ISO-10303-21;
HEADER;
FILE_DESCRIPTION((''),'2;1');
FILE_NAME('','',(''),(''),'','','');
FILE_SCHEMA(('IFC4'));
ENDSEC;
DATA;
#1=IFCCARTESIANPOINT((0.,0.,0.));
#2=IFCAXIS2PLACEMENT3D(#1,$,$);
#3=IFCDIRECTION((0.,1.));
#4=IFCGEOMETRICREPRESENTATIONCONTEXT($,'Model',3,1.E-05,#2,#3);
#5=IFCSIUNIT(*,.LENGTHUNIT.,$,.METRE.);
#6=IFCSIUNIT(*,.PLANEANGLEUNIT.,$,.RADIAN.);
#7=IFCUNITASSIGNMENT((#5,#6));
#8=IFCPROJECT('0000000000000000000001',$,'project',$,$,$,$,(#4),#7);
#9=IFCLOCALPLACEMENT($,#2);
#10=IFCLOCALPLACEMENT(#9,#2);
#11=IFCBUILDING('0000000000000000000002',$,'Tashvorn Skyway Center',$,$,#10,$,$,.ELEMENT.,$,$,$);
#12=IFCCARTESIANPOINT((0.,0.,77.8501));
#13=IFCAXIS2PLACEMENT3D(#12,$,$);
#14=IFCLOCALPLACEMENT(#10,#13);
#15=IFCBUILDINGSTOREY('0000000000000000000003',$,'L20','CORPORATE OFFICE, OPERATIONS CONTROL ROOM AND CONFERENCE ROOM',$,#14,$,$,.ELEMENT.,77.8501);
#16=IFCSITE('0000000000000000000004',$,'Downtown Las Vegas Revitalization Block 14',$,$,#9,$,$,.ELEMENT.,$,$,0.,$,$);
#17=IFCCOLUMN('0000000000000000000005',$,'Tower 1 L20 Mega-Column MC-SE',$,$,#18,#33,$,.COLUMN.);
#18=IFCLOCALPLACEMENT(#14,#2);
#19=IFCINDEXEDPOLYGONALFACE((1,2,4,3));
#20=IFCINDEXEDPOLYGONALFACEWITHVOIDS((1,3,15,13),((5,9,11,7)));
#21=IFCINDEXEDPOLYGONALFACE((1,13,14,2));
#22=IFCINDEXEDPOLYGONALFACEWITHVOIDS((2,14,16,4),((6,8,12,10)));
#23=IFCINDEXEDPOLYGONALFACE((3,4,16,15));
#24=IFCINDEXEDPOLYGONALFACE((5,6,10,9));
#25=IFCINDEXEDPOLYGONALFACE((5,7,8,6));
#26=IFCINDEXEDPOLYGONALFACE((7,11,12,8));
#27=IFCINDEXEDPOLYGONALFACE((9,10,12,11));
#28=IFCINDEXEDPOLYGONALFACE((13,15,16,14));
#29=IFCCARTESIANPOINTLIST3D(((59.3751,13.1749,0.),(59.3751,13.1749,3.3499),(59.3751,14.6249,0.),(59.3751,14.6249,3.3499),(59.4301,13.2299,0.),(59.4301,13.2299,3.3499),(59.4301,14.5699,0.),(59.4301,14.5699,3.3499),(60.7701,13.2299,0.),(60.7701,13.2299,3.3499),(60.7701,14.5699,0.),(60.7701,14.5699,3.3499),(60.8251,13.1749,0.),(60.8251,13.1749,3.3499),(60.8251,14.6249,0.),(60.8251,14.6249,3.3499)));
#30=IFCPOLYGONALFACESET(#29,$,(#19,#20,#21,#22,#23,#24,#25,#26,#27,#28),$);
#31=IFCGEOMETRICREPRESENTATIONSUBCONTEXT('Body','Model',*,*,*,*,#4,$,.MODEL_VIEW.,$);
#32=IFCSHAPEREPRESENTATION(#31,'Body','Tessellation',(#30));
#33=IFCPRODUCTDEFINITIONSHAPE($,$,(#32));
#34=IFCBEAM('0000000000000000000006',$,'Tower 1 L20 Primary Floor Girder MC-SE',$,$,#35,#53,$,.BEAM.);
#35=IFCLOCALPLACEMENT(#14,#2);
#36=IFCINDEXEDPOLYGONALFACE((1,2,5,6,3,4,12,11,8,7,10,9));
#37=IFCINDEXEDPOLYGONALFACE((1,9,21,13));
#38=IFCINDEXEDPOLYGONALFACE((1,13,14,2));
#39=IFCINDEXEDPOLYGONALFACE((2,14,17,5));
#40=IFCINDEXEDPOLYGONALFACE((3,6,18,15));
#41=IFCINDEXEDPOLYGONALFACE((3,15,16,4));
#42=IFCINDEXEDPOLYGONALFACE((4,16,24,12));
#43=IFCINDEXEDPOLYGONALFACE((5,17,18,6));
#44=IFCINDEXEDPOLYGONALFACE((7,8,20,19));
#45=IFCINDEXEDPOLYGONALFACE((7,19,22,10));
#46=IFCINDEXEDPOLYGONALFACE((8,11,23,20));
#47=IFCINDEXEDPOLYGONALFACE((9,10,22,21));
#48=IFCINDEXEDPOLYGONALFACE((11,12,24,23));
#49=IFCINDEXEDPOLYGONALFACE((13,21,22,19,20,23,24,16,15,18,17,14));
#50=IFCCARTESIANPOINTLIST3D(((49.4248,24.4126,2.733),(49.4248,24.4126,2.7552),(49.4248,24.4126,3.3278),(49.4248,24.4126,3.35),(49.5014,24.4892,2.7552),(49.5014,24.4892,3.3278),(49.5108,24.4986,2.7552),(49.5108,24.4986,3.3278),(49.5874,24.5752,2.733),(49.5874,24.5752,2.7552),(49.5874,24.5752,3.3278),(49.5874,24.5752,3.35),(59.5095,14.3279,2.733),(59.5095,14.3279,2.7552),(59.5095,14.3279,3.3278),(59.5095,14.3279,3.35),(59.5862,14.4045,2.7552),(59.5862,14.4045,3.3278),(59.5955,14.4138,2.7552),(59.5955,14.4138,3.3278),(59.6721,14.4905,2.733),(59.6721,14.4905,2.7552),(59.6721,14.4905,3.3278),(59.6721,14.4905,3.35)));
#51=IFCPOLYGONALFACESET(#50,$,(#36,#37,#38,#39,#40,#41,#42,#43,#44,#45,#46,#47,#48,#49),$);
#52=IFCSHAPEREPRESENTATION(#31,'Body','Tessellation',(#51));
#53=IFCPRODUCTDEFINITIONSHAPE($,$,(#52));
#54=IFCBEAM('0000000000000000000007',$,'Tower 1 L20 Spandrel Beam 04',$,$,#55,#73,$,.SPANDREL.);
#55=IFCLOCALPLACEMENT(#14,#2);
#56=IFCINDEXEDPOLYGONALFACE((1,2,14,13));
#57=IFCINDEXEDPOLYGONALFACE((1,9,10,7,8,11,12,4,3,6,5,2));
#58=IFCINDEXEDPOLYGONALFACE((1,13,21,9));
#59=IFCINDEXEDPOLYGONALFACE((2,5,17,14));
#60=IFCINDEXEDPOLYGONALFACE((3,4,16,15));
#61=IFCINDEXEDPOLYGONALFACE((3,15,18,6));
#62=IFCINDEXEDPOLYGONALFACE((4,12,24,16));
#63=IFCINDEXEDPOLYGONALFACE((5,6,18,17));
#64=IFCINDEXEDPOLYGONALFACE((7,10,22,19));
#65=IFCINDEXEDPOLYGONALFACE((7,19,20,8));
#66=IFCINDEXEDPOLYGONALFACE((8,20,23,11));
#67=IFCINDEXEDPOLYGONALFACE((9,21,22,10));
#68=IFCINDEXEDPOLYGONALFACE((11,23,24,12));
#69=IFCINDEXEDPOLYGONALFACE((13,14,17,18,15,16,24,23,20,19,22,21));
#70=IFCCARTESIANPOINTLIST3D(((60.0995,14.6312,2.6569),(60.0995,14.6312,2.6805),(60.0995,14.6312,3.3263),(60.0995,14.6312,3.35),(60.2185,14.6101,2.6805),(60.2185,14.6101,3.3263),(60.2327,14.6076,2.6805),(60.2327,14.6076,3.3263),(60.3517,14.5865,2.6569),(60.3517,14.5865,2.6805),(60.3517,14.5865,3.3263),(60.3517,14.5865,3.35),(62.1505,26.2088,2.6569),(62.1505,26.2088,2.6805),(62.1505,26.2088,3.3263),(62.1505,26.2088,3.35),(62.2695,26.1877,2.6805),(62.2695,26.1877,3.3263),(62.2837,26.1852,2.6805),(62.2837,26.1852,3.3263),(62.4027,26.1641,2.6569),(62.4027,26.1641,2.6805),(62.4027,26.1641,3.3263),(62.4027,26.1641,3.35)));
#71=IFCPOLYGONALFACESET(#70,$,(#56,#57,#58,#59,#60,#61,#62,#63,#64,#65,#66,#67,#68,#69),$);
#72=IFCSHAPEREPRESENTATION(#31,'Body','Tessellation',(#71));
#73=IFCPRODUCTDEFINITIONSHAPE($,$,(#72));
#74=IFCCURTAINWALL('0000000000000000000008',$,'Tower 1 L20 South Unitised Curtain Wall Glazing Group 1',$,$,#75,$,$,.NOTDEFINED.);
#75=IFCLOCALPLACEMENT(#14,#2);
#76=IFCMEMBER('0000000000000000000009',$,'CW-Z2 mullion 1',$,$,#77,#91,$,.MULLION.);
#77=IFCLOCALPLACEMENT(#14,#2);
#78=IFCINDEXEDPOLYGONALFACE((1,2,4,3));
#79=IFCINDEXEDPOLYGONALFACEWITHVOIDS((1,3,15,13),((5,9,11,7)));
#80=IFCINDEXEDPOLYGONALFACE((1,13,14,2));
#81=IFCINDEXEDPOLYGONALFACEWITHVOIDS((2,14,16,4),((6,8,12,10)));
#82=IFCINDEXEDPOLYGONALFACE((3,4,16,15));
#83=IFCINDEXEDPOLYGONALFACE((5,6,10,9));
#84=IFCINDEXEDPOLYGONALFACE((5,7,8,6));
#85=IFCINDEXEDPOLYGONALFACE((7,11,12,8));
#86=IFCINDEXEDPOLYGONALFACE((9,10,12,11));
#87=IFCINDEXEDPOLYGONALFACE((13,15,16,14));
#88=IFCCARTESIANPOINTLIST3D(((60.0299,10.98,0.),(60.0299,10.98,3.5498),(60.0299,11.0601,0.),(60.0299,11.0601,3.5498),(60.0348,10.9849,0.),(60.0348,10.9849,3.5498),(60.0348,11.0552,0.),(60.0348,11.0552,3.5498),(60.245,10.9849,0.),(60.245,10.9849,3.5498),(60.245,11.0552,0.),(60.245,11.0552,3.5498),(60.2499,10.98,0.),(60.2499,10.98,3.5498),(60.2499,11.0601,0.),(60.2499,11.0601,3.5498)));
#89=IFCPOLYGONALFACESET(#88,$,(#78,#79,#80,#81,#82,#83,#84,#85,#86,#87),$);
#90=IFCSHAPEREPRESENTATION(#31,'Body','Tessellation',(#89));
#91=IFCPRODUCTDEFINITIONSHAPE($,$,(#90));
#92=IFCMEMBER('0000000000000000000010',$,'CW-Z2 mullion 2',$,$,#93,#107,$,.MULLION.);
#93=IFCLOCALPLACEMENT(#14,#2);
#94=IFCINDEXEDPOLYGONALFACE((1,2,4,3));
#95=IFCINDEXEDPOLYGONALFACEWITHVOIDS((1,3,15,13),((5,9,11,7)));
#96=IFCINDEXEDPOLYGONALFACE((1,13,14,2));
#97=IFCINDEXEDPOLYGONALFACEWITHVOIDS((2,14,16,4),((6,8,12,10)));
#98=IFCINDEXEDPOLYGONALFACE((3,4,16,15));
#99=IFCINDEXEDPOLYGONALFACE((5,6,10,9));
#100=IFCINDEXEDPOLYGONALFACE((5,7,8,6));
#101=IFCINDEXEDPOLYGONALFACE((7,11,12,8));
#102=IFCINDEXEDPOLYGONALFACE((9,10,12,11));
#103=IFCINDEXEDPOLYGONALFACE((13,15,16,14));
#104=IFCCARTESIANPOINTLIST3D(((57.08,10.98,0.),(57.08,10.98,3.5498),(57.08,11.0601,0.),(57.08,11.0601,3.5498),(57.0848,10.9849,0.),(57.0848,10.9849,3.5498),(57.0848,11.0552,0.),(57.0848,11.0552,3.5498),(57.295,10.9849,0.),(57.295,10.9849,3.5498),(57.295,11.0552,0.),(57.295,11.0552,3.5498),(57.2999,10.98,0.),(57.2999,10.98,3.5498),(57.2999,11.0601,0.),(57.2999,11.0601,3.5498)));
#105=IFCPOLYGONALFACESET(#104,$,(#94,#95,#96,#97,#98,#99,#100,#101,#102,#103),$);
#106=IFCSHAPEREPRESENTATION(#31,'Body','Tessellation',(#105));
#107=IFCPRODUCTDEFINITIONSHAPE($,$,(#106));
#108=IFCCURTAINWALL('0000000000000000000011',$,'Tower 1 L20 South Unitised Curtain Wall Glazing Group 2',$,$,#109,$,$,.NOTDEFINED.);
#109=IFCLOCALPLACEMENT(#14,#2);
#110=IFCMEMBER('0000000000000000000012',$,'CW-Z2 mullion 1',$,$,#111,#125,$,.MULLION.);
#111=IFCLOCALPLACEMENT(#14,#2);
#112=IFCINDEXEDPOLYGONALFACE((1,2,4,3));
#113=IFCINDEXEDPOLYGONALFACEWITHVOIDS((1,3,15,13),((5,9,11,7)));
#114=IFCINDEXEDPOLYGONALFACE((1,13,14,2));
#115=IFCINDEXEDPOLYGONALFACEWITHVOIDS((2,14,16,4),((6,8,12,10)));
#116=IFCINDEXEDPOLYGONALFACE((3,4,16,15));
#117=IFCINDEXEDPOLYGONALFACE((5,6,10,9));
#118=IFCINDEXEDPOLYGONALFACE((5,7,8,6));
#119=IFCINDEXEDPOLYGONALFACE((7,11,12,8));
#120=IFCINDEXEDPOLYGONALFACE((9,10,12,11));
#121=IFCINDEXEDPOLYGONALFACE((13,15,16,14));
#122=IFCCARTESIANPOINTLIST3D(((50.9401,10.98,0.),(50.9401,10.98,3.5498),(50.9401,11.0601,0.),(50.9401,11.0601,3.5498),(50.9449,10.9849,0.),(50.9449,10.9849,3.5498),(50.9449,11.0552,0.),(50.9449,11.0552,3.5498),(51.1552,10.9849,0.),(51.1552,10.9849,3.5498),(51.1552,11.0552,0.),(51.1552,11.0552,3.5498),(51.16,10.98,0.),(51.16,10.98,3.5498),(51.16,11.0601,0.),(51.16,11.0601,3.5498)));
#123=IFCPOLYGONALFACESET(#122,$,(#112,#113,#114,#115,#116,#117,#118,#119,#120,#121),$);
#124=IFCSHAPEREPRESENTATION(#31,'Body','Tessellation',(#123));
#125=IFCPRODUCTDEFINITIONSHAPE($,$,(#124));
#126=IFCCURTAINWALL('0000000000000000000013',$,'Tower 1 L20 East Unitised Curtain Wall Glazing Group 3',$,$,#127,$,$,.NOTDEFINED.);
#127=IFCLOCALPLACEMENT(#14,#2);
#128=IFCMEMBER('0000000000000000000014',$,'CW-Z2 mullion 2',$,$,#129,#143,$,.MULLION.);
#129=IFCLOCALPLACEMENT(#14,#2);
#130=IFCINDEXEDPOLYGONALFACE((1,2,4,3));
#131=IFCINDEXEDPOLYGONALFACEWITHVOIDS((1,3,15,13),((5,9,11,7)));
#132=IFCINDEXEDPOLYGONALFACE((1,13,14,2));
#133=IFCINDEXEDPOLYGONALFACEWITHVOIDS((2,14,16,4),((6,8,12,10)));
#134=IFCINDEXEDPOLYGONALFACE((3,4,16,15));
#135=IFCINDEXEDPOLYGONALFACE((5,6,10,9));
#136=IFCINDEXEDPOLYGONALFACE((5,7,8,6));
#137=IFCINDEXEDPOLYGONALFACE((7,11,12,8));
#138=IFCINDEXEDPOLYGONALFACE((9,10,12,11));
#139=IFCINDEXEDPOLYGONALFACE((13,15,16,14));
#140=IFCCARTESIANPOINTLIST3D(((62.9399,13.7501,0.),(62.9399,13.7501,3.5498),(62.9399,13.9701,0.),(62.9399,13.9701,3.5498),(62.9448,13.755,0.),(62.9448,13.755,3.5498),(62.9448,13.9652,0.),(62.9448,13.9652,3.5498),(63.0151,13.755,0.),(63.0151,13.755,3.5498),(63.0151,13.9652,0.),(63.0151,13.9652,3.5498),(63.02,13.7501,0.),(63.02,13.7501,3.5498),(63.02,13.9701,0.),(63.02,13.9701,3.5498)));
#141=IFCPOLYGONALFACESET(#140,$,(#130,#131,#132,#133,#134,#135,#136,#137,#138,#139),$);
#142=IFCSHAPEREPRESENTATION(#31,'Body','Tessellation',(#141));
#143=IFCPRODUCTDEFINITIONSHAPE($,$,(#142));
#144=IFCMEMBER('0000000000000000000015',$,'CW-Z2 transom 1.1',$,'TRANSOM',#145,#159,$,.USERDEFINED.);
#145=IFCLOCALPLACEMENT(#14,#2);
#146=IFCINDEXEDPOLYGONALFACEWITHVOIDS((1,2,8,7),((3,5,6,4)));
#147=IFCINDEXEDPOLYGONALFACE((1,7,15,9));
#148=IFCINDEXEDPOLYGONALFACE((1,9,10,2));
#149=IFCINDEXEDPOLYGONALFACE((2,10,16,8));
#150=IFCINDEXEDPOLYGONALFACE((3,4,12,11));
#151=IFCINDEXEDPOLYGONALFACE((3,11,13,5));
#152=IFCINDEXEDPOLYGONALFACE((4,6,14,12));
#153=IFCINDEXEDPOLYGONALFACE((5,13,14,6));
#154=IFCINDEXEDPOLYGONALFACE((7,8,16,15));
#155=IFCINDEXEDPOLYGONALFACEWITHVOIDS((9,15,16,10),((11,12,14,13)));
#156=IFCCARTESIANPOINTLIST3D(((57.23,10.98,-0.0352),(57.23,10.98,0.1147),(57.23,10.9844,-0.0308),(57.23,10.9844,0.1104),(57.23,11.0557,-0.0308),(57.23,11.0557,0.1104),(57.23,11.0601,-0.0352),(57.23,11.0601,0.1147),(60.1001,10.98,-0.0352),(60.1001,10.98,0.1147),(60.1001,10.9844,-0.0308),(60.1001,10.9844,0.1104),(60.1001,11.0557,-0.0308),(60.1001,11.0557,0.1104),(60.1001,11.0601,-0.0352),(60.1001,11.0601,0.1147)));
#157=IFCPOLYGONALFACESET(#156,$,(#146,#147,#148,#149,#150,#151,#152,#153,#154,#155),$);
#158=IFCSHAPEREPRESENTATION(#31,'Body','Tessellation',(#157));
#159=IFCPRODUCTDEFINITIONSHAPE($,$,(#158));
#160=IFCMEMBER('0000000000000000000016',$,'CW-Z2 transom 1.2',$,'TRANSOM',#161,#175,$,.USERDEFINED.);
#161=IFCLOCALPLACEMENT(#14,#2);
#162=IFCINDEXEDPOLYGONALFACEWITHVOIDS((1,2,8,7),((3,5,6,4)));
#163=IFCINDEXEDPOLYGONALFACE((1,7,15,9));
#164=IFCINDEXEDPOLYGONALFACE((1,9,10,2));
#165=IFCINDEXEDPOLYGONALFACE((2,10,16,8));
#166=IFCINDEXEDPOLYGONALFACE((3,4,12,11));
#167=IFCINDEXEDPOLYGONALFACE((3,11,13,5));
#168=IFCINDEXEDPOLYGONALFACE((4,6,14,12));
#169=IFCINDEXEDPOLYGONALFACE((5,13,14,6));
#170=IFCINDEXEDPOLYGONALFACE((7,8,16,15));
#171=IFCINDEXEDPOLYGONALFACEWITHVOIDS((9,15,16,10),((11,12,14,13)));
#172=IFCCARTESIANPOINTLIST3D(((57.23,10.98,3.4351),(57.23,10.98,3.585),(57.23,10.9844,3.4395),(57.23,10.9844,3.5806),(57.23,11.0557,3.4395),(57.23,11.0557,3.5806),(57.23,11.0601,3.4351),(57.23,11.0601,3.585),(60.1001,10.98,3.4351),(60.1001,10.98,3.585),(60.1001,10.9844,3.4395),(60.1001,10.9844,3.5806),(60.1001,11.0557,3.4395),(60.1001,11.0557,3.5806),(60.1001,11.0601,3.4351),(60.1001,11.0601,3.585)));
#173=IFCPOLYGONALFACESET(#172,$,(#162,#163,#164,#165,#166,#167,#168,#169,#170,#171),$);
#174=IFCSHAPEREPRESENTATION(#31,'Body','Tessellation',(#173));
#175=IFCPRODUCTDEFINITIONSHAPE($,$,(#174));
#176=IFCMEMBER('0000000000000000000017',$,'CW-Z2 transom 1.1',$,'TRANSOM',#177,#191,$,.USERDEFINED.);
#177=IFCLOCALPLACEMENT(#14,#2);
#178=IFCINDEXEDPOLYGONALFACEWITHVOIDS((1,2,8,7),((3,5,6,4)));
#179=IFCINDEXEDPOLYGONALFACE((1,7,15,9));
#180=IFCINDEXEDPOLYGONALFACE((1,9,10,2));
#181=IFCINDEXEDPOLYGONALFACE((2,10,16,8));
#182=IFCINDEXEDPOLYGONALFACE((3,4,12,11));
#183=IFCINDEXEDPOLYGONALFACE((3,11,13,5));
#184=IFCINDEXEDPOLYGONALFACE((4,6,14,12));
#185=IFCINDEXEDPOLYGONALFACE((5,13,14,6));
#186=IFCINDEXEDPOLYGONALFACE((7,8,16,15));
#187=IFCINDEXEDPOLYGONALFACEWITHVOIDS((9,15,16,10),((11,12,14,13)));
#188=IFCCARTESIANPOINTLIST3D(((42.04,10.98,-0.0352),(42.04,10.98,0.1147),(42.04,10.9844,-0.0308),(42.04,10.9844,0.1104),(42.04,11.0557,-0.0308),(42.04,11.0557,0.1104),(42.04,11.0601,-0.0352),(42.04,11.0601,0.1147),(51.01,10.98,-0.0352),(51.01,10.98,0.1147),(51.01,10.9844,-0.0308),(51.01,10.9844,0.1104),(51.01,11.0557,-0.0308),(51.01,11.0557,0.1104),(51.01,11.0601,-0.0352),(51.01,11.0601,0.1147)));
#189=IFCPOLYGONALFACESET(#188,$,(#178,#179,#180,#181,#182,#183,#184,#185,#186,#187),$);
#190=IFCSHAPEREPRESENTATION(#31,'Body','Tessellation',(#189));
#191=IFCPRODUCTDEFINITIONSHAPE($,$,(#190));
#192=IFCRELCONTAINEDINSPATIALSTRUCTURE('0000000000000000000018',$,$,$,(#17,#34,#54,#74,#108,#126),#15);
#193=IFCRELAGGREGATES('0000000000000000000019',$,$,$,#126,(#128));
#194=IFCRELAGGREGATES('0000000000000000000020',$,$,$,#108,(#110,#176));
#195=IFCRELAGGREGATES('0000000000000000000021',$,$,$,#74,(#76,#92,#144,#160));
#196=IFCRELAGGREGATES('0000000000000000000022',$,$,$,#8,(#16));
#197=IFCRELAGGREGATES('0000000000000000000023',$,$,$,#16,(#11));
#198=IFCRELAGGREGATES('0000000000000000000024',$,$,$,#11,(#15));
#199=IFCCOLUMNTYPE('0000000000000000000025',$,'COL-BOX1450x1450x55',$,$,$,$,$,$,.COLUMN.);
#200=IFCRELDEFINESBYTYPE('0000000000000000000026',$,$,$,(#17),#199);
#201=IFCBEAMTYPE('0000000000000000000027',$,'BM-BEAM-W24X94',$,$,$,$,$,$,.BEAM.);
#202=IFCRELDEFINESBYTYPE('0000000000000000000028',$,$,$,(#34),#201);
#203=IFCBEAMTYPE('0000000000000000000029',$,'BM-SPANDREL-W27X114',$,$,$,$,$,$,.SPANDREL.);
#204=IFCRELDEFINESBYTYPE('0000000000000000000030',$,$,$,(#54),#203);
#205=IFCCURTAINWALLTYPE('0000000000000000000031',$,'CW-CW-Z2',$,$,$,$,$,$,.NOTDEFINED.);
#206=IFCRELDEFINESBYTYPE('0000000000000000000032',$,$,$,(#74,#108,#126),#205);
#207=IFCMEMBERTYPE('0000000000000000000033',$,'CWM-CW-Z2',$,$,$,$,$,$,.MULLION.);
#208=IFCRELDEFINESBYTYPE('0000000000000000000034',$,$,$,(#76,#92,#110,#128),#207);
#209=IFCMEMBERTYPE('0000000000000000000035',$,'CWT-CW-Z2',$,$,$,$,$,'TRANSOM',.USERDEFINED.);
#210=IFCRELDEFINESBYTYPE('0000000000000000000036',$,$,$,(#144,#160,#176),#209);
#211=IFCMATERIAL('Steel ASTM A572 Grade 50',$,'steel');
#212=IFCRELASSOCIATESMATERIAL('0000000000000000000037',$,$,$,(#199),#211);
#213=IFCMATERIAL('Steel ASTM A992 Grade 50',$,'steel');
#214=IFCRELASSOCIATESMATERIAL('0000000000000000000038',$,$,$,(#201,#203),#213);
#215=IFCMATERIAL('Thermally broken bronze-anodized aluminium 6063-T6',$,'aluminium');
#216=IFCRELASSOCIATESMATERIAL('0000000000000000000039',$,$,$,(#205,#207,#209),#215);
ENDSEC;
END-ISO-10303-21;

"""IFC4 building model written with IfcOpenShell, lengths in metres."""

from ifc_helpers import new_model, si_unit, direction, frame, origin, origin_2d, place, context, subcontext, project, spatial, hollow_rectangle, i_section, extrude, material, material_profile, profile_set, type_object, element, aggregate, save


model = new_model("IFC4")

# Units and contexts
model_context = context("Model", 3, precision=1e-05, world=origin(), true_north=direction((0.0, 1.0)))
body_context = subcontext(model_context, "Body", "Model", "MODEL_VIEW")
ifc_project = project(units=[si_unit("LENGTHUNIT", "METRE"), si_unit("PLANEANGLEUNIT", "RADIAN")], contexts=[model_context])

# Site, building, storey
site_placement = place(None, origin())
site = spatial("IfcSite", under=ifc_project, at=site_placement, Name="Downtown Las Vegas Revitalization Block 14", CompositionType="ELEMENT", RefElevation=0.0)
building_placement = place(site_placement, origin())
building = spatial("IfcBuilding", under=site, at=building_placement, Name="Tashvorn Skyway Center", CompositionType="ELEMENT")
storey_placement = place(building_placement, frame((0.0, 0.0, 77.8501)))
storey = spatial("IfcBuildingStorey", under=building, at=storey_placement, Name="L20", Description="CORPORATE OFFICE, OPERATIONS CONTROL ROOM AND CONFERENCE ROOM", CompositionType="ELEMENT", Elevation=77.8501)

# Column
ifc_material_1 = material(Name="Steel ASTM A572 Grade 50", Category="steel")
ifc_material_profile_1 = material_profile(ifc_material_1, hollow_rectangle(XDim=1.45, YDim=1.45, WallThickness=0.0549, at=origin_2d()), Name="BOX1450x1450x55")
ifc_profile_set_1 = profile_set([ifc_material_profile_1], Name="Steel ASTM A572 Grade 50")
column_type = type_object("IfcColumnType", Name="COL-BOX1450x1450x55", PredefinedType="COLUMN", material=ifc_profile_set_1)
column_placement = place(storey_placement, frame((60.1001, 13.8999, 0.0), z_axis=(0.0, 0.0, 1.0), x_axis=(1.0, 0.0, 0.0)))
element("IfcColumn", 1, at=column_placement, inside=storey, type_object=column_type, Name="Tower 1 L20 Mega-Column MC-SE", PredefinedType="COLUMN", context=body_context, shape_type="SweptSolid", body=[
    extrude(hollow_rectangle(XDim=1.45, YDim=1.45, WallThickness=0.0549, at=origin_2d()), origin(), (0.0, 0.0, 1.0), 3.3499),
])

# Beams
ifc_material_2 = material(Name="Steel ASTM A992 Grade 50", Category="steel")
ifc_material_profile_2 = material_profile(ifc_material_2, i_section(OverallWidth=0.23, OverallDepth=0.6169, WebThickness=0.0132, FlangeThickness=0.0222, at=origin_2d()), Name="W24X94")
ifc_profile_set_2 = profile_set([ifc_material_profile_2], Name="Steel ASTM A992 Grade 50")
beam_type_1 = type_object("IfcBeamType", Name="BM-BEAM-W24X94", PredefinedType="BEAM", material=ifc_profile_set_2)
beam_1_placement = place(storey_placement, frame((59.5908, 14.4092, 3.0415), z_axis=(-0.707107, 0.707107, 0.0), x_axis=(-0.707107, -0.707107, 0.0)))
element("IfcBeam", 2, at=beam_1_placement, inside=storey, type_object=beam_type_1, Name="Tower 1 L20 Primary Floor Girder MC-SE", PredefinedType="BEAM", context=body_context, shape_type="SweptSolid", body=[
    extrude(i_section(OverallWidth=0.23, OverallDepth=0.6169, WebThickness=0.0132, FlangeThickness=0.0222, at=origin_2d()), origin(), (0.0, 0.0, 1.0), 14.262),
])
ifc_material_profile_3 = material_profile(ifc_material_2, i_section(OverallWidth=0.2561, OverallDepth=0.6931, WebThickness=0.0144, FlangeThickness=0.0237, at=origin_2d()), Name="W27X114")
ifc_profile_set_3 = profile_set([ifc_material_profile_3], Name="Steel ASTM A992 Grade 50")
beam_type_2 = type_object("IfcBeamType", Name="BM-SPANDREL-W27X114", PredefinedType="SPANDREL", material=ifc_profile_set_3)
beam_2_placement = place(storey_placement, frame((60.2256, 14.6089, 3.0034), z_axis=(0.174438, 0.984668, 0.0), x_axis=(-0.984668, 0.174438, 0.0)))
element("IfcBeam", 3, at=beam_2_placement, inside=storey, type_object=beam_type_2, Name="Tower 1 L20 Spandrel Beam 04", PredefinedType="SPANDREL", context=body_context, shape_type="SweptSolid", body=[
    extrude(i_section(OverallWidth=0.2561, OverallDepth=0.6931, WebThickness=0.0144, FlangeThickness=0.0237, at=origin_2d()), origin(), (0.0, 0.0, 1.0), 11.7578),
])

# Curtain wall, members
ifc_material_3 = material(Name="Thermally broken bronze-anodized aluminium 6063-T6", Category="aluminium")
curtain_wall_type = type_object("IfcCurtainWallType", Name="CW-CW-Z2", PredefinedType="NOTDEFINED", material=ifc_material_3)
curtain_wall_1_placement = place(storey_placement, origin())
curtain_wall_1 = element("IfcCurtainWall", 4, at=curtain_wall_1_placement, inside=storey, type_object=curtain_wall_type, Name="Tower 1 L20 South Unitised Curtain Wall Glazing Group 1", PredefinedType="NOTDEFINED")
ifc_material_profile_4 = material_profile(ifc_material_3, hollow_rectangle(XDim=0.0801, YDim=0.22, WallThickness=0.0049, at=origin_2d()), Name="ALU-MULL-80x220")
ifc_profile_set_4 = profile_set([ifc_material_profile_4], Name="Thermally broken bronze-anodized aluminium 6063-T6")
member_type_1 = type_object("IfcMemberType", Name="CWM-CW-Z2", PredefinedType="MULLION", material=ifc_profile_set_4)
member_1_placement = place(storey_placement, frame((60.1399, 11.02, 0.0), z_axis=(0.0, 0.0, 1.0), x_axis=(0.0, -1.0, 0.0)))
member_1 = element("IfcMember", 5, at=member_1_placement, type_object=member_type_1, Name="CW-Z2 mullion 1", PredefinedType="MULLION", context=body_context, shape_type="SweptSolid", body=[
    extrude(hollow_rectangle(XDim=0.0801, YDim=0.22, WallThickness=0.0049, at=origin_2d()), origin(), (0.0, 0.0, 1.0), 3.5498),
])
member_2_placement = place(storey_placement, frame((57.1899, 11.02, 0.0), z_axis=(0.0, 0.0, 1.0), x_axis=(0.0, -1.0, 0.0)))
member_2 = element("IfcMember", 6, at=member_2_placement, type_object=member_type_1, Name="CW-Z2 mullion 2", PredefinedType="MULLION", context=body_context, shape_type="SweptSolid", body=[
    extrude(hollow_rectangle(XDim=0.0801, YDim=0.22, WallThickness=0.0049, at=origin_2d()), origin(), (0.0, 0.0, 1.0), 3.5498),
])

# Curtain walls, members
curtain_wall_2_placement = place(storey_placement, origin())
curtain_wall_2 = element("IfcCurtainWall", 7, at=curtain_wall_2_placement, inside=storey, type_object=curtain_wall_type, Name="Tower 1 L20 South Unitised Curtain Wall Glazing Group 2", PredefinedType="NOTDEFINED")
member_3_placement = place(storey_placement, frame((51.05, 11.02, 0.0), z_axis=(0.0, 0.0, 1.0), x_axis=(0.0, -1.0, 0.0)))
member_3 = element("IfcMember", 8, at=member_3_placement, type_object=member_type_1, Name="CW-Z2 mullion 1", PredefinedType="MULLION", context=body_context, shape_type="SweptSolid", body=[
    extrude(hollow_rectangle(XDim=0.0801, YDim=0.22, WallThickness=0.0049, at=origin_2d()), origin(), (0.0, 0.0, 1.0), 3.5498),
])
curtain_wall_3_placement = place(storey_placement, origin())
curtain_wall_3 = element("IfcCurtainWall", 9, at=curtain_wall_3_placement, inside=storey, type_object=curtain_wall_type, Name="Tower 1 L20 East Unitised Curtain Wall Glazing Group 3", PredefinedType="NOTDEFINED")
member_4_placement = place(storey_placement, frame((62.98, 13.8601, 0.0), z_axis=(0.0, 0.0, 1.0), x_axis=(1.0, 0.0, 0.0)))
member_4 = element("IfcMember", 10, at=member_4_placement, type_object=member_type_1, Name="CW-Z2 mullion 2", PredefinedType="MULLION", context=body_context, shape_type="SweptSolid", body=[
    extrude(hollow_rectangle(XDim=0.0801, YDim=0.22, WallThickness=0.0049, at=origin_2d()), origin(), (0.0, 0.0, 1.0), 3.5498),
])
aggregate(curtain_wall_3, [member_4])

# Members
ifc_material_profile_5 = material_profile(ifc_material_3, hollow_rectangle(XDim=0.0801, YDim=0.1499, WallThickness=0.0044, at=origin_2d()), Name="ALU-TRAN-80x150")
ifc_profile_set_5 = profile_set([ifc_material_profile_5], Name="Thermally broken bronze-anodized aluminium 6063-T6")
member_type_2 = type_object("IfcMemberType", Name="CWT-CW-Z2", ElementType="TRANSOM", PredefinedType="USERDEFINED", material=ifc_profile_set_5)
member_5_placement = place(storey_placement, frame((60.1001, 11.02, 0.0398), z_axis=(-1.0, 0.0, 0.0), x_axis=(0.0, -1.0, 0.0)))
member_5 = element("IfcMember", 11, at=member_5_placement, type_object=member_type_2, Name="CW-Z2 transom 1.1", ObjectType="TRANSOM", PredefinedType="USERDEFINED", context=body_context, shape_type="SweptSolid", body=[
    extrude(hollow_rectangle(XDim=0.0801, YDim=0.1499, WallThickness=0.0044, at=origin_2d()), origin(), (0.0, 0.0, 1.0), 2.8701),
])
member_6_placement = place(storey_placement, frame((60.1001, 11.02, 3.51), z_axis=(-1.0, 0.0, 0.0), x_axis=(0.0, -1.0, 0.0)))
member_6 = element("IfcMember", 12, at=member_6_placement, type_object=member_type_2, Name="CW-Z2 transom 1.2", ObjectType="TRANSOM", PredefinedType="USERDEFINED", context=body_context, shape_type="SweptSolid", body=[
    extrude(hollow_rectangle(XDim=0.0801, YDim=0.1499, WallThickness=0.0044, at=origin_2d()), origin(), (0.0, 0.0, 1.0), 2.8701),
])
member_7_placement = place(storey_placement, frame((51.01, 11.02, 0.0398), z_axis=(-1.0, 0.0, 0.0), x_axis=(0.0, -1.0, 0.0)))
member_7 = element("IfcMember", 13, at=member_7_placement, type_object=member_type_2, Name="CW-Z2 transom 1.1", ObjectType="TRANSOM", PredefinedType="USERDEFINED", context=body_context, shape_type="SweptSolid", body=[
    extrude(hollow_rectangle(XDim=0.0801, YDim=0.1499, WallThickness=0.0044, at=origin_2d()), origin(), (0.0, 0.0, 1.0), 8.97),
])
aggregate(curtain_wall_2, [member_3, member_7])

aggregate(curtain_wall_1, [member_1, member_2, member_5, member_6])

save(model, "model.ifc")
